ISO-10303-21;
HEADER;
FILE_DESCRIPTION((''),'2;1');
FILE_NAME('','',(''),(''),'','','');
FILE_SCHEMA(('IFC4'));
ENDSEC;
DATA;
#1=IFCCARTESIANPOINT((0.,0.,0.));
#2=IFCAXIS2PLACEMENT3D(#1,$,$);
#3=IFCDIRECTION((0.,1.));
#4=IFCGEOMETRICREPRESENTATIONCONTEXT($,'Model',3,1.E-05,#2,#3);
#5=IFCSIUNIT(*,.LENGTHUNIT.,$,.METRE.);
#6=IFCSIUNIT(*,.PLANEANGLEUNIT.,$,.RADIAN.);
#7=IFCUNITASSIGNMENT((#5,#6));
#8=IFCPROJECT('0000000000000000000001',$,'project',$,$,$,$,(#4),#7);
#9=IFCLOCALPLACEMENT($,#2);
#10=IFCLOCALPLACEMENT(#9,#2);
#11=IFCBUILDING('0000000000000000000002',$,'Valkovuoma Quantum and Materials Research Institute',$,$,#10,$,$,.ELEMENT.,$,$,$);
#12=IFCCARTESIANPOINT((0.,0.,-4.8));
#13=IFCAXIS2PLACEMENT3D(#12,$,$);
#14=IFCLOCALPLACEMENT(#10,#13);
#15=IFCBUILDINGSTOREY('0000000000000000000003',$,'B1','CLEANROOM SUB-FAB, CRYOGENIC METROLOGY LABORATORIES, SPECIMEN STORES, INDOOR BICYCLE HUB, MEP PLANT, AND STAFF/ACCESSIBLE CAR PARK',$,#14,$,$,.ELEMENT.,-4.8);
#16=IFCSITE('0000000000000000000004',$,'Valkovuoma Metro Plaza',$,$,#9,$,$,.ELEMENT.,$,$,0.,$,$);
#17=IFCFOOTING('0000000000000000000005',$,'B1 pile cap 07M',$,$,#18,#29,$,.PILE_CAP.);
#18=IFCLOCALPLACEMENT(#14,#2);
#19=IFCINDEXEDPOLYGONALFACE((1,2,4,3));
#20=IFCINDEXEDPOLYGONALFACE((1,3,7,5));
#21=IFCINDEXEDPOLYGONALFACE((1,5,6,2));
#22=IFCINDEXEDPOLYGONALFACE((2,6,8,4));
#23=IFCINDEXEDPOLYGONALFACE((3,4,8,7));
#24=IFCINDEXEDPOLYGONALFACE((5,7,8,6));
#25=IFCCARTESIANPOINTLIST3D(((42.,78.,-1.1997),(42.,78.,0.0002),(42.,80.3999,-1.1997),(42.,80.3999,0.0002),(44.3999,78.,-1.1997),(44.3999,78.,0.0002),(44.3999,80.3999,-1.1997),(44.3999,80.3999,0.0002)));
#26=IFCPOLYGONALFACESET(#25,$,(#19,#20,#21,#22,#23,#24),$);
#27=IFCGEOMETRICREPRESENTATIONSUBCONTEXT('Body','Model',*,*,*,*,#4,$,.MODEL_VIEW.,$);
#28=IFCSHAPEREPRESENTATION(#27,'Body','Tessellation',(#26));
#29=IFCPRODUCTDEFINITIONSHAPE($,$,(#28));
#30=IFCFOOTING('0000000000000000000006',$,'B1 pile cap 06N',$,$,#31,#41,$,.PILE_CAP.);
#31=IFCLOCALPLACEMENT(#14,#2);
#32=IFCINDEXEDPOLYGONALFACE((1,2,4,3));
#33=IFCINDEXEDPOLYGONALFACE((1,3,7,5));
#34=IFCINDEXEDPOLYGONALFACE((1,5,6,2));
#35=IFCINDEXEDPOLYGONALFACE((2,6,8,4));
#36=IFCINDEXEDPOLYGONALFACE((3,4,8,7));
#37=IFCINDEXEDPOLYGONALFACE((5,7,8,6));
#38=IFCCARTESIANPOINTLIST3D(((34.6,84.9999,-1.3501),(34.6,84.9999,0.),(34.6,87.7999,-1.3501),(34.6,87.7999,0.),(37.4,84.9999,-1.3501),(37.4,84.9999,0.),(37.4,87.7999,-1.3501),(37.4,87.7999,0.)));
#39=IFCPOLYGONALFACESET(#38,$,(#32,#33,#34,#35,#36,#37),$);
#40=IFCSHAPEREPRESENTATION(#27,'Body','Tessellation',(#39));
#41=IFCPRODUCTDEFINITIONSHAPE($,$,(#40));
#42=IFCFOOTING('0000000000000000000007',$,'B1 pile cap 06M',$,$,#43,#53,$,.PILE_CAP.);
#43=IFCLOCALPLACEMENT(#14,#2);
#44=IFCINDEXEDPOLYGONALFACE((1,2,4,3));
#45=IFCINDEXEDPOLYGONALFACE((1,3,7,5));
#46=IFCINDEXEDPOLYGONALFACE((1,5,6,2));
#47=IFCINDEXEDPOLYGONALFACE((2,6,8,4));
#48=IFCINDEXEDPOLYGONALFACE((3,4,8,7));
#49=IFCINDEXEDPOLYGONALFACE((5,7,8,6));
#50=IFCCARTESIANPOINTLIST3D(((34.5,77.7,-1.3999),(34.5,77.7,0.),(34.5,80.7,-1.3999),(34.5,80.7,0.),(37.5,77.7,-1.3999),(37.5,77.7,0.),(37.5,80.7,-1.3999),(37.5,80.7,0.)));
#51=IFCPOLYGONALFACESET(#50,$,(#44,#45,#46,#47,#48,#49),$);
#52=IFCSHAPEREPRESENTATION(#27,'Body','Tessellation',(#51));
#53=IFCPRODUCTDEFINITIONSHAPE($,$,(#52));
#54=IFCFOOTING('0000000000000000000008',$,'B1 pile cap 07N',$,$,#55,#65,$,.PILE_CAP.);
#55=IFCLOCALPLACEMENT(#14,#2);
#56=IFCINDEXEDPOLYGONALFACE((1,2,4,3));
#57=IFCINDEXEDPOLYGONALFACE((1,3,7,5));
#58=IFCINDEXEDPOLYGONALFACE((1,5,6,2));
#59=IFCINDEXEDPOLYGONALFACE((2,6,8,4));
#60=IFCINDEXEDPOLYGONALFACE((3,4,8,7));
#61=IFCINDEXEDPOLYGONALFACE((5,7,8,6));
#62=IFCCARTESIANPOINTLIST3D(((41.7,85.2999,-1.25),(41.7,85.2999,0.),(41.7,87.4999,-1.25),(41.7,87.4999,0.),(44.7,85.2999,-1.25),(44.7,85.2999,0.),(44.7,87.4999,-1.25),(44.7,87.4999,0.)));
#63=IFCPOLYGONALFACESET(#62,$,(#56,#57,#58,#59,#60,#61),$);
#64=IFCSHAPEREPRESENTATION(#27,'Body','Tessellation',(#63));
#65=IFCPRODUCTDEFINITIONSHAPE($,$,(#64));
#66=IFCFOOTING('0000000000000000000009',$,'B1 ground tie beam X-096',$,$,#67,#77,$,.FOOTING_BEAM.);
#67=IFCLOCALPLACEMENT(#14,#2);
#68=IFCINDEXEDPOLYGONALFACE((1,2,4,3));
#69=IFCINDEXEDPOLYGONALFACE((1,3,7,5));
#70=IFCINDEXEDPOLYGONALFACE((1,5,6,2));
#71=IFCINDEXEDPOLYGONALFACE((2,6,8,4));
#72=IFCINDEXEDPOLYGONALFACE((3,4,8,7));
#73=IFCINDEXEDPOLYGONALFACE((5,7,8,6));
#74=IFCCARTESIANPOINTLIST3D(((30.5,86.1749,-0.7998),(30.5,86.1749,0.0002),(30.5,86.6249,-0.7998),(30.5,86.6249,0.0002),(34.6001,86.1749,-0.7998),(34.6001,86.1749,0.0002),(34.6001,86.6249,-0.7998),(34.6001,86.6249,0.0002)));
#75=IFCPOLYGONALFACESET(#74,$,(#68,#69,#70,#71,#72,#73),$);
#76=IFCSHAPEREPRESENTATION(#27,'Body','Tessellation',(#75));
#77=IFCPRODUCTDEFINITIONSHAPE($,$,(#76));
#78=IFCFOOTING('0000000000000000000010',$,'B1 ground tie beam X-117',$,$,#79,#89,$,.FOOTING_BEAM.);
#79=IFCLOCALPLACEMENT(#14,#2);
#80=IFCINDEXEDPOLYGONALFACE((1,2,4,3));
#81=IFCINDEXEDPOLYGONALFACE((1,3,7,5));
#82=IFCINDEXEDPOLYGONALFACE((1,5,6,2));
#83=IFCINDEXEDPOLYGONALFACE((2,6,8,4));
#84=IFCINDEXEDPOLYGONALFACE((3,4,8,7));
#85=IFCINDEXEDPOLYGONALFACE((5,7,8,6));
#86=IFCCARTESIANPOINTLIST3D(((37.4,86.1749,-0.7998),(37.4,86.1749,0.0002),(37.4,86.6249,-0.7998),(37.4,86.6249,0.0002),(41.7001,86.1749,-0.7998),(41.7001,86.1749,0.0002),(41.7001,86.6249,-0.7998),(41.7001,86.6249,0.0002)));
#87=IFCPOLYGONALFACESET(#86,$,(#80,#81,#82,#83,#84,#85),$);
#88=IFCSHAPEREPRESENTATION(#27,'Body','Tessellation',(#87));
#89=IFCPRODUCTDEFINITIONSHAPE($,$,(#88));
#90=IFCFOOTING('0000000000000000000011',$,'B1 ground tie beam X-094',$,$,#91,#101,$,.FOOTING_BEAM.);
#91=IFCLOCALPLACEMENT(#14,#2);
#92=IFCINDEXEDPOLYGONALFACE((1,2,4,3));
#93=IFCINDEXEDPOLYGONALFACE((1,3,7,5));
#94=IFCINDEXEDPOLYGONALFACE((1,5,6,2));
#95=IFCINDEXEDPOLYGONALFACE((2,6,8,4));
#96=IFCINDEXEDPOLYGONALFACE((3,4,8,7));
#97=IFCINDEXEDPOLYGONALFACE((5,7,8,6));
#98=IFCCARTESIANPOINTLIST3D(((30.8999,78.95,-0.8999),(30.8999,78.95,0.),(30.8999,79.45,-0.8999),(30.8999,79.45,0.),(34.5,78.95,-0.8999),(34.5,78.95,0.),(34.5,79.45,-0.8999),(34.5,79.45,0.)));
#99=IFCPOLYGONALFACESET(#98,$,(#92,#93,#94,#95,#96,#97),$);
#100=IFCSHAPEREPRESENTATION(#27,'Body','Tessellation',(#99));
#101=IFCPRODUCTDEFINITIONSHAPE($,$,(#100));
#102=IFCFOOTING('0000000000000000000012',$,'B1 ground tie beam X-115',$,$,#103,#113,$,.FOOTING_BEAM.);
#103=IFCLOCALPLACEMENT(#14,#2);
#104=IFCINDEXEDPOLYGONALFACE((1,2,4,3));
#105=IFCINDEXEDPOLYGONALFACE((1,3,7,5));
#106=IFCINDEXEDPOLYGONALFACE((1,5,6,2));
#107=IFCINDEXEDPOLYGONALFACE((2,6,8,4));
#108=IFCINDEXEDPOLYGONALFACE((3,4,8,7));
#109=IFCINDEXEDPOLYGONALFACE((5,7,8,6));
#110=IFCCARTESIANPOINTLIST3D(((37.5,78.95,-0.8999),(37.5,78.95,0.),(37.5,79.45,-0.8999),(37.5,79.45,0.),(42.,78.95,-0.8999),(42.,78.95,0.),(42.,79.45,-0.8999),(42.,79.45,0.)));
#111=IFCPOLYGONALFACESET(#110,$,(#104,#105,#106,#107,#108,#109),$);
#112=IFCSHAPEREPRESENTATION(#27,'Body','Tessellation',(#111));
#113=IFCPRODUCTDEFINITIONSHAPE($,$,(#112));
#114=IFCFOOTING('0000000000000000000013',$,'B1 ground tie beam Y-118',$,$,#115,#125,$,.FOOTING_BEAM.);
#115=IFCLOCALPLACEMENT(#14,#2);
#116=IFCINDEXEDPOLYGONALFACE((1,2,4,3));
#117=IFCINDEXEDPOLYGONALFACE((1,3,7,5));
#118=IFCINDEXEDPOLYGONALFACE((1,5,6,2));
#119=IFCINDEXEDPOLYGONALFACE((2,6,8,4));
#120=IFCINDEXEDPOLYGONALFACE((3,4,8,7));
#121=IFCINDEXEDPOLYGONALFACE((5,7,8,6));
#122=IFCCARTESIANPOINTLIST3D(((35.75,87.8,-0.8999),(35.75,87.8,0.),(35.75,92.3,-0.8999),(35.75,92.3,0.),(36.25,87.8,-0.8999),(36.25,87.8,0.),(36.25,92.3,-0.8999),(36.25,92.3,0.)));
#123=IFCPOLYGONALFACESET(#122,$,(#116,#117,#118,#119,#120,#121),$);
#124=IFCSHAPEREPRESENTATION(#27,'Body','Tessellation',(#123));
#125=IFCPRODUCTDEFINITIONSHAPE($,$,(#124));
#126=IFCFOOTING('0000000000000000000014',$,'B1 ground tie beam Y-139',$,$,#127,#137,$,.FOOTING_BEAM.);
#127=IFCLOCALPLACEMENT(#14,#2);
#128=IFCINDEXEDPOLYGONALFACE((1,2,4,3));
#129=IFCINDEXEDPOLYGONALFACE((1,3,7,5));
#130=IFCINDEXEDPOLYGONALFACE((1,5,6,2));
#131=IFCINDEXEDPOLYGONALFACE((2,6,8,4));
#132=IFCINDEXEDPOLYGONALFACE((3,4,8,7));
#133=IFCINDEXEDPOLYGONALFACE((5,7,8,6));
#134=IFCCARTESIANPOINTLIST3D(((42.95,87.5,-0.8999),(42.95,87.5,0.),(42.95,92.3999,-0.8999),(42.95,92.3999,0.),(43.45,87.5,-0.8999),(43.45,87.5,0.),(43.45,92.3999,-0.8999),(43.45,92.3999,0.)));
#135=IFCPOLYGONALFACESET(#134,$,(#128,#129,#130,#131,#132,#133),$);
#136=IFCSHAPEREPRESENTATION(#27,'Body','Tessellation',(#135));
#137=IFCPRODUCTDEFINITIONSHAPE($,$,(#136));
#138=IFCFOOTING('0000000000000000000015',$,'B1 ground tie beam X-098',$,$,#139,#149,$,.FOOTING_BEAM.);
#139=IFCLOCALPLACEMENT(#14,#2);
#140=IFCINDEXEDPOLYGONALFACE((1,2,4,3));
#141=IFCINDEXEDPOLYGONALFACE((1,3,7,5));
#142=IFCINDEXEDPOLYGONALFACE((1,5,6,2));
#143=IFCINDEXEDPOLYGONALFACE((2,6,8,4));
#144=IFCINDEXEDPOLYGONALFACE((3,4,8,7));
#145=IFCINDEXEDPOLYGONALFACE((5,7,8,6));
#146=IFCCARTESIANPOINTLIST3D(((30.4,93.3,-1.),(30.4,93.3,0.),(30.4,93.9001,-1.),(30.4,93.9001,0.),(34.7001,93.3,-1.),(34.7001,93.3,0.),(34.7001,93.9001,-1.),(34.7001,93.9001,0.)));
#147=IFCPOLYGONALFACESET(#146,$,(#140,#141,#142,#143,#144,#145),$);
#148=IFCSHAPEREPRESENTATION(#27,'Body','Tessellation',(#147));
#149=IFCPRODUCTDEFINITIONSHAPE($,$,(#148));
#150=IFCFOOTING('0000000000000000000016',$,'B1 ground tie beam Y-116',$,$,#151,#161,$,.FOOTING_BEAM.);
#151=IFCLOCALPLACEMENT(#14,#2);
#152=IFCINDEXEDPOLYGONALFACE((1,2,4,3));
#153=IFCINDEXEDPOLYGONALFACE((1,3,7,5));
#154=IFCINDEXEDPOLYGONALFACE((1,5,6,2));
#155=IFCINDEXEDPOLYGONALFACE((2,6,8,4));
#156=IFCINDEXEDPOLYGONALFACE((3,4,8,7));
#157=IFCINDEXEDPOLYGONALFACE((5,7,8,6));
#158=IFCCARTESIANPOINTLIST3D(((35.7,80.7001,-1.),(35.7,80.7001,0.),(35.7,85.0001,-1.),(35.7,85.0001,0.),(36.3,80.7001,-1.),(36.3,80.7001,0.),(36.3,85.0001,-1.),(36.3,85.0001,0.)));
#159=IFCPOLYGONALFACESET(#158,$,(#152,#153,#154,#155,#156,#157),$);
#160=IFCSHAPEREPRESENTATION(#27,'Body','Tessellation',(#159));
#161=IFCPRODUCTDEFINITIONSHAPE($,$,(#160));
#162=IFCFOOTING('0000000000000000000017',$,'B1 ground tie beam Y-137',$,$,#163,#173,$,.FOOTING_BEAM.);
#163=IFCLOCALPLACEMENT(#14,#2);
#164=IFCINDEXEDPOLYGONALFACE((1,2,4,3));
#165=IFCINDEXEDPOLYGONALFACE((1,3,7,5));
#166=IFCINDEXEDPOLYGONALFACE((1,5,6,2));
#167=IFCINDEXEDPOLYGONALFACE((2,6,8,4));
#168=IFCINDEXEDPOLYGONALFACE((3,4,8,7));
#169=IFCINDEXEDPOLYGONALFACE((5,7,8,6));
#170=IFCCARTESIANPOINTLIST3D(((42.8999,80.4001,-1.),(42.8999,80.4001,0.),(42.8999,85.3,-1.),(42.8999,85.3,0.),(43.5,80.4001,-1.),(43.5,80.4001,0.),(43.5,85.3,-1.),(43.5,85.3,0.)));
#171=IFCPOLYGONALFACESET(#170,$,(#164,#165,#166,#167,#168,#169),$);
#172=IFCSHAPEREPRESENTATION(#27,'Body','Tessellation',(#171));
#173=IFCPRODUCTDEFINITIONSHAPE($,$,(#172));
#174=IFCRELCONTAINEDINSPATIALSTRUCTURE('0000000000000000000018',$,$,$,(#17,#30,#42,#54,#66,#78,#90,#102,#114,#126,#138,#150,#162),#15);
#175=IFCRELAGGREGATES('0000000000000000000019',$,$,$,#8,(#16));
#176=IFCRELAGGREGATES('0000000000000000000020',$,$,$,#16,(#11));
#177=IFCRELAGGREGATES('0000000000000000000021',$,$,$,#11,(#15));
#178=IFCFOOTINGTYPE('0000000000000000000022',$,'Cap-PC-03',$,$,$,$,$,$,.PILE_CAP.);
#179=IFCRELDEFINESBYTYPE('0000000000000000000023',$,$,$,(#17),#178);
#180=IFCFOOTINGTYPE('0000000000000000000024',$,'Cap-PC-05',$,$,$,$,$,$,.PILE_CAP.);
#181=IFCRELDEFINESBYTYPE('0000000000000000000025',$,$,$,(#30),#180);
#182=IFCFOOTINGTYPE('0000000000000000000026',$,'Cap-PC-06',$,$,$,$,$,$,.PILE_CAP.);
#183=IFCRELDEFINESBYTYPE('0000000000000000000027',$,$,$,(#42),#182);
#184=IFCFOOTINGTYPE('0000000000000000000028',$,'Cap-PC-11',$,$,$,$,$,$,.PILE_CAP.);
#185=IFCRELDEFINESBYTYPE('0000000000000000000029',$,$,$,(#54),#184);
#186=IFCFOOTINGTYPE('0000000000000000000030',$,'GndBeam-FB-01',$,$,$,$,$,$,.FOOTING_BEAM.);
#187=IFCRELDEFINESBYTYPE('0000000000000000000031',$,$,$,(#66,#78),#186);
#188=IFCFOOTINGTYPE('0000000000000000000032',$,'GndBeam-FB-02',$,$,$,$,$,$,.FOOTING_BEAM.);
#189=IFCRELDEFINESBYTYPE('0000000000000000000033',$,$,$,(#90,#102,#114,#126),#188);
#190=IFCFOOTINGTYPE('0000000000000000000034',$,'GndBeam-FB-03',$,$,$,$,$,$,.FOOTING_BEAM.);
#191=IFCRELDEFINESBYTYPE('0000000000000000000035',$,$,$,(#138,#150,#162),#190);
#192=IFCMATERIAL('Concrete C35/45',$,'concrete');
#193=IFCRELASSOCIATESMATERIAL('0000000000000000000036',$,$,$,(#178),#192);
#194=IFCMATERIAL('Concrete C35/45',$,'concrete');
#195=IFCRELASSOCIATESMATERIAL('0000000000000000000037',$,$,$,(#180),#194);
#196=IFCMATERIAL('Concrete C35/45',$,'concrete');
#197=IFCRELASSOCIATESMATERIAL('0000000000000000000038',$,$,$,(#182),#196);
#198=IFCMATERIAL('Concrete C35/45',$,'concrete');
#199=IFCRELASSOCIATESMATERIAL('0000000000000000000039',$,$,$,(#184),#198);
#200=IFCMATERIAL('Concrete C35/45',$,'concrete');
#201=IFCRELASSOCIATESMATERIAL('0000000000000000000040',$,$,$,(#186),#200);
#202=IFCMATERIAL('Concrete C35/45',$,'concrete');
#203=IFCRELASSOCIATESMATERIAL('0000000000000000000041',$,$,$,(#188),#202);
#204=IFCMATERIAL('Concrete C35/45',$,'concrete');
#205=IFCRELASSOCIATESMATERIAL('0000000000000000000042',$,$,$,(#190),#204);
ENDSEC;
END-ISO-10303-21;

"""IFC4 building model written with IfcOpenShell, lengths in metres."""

from ifc_helpers import new_model, si_unit, direction, frame, origin, origin_2d, place, context, subcontext, project, spatial, rectangle, extrude, material, type_object, element, save


model = new_model("IFC4")

# Units and contexts
model_context = context("Model", 3, precision=1e-05, world=origin(), true_north=direction((0.0, 1.0)))
body_context = subcontext(model_context, "Body", "Model", "MODEL_VIEW")
ifc_project = project(units=[si_unit("LENGTHUNIT", "METRE"), si_unit("PLANEANGLEUNIT", "RADIAN")], contexts=[model_context])

# Site, building, storey
site_placement = place(None, origin())
site = spatial("IfcSite", under=ifc_project, at=site_placement, Name="Valkovuoma Metro Plaza", CompositionType="ELEMENT", RefElevation=0.0)
building_placement = place(site_placement, origin())
building = spatial("IfcBuilding", under=site, at=building_placement, Name="Valkovuoma Quantum and Materials Research Institute", CompositionType="ELEMENT")
storey_placement = place(building_placement, frame((0.0, 0.0, -4.8)))
storey = spatial("IfcBuildingStorey", under=building, at=storey_placement, Name="B1", Description="CLEANROOM SUB-FAB, CRYOGENIC METROLOGY LABORATORIES, SPECIMEN STORES, INDOOR BICYCLE HUB, MEP PLANT, AND STAFF/ACCESSIBLE CAR PARK", CompositionType="ELEMENT", Elevation=-4.8)

# Footings
ifc_material_1 = material(Name="Concrete C35/45", Category="concrete")
footing_type_1 = type_object("IfcFootingType", Name="Cap-PC-03", PredefinedType="PILE_CAP", material=ifc_material_1)
footing_1_placement = place(storey_placement, frame((43.2, 79.2, -1.1997), z_axis=(0.0, 0.0, 1.0), x_axis=(1.0, 0.0, 0.0)))
element("IfcFooting", 1, at=footing_1_placement, inside=storey, type_object=footing_type_1, Name="B1 pile cap 07M", PredefinedType="PILE_CAP", context=body_context, shape_type="SweptSolid", body=[
    extrude(rectangle(XDim=2.3999, YDim=2.3999, at=origin_2d()), origin(), (0.0, 0.0, 1.0), 1.2),
])
ifc_material_2 = material(Name="Concrete C35/45", Category="concrete")
footing_type_2 = type_object("IfcFootingType", Name="Cap-PC-05", PredefinedType="PILE_CAP", material=ifc_material_2)
footing_2_placement = place(storey_placement, frame((36.0, 86.3999, -1.3501), z_axis=(0.0, 0.0, 1.0), x_axis=(1.0, 0.0, 0.0)))
element("IfcFooting", 2, at=footing_2_placement, inside=storey, type_object=footing_type_2, Name="B1 pile cap 06N", PredefinedType="PILE_CAP", context=body_context, shape_type="SweptSolid", body=[
    extrude(rectangle(XDim=2.8, YDim=2.8, at=origin_2d()), origin(), (0.0, 0.0, 1.0), 1.3501),
])
ifc_material_3 = material(Name="Concrete C35/45", Category="concrete")
footing_type_3 = type_object("IfcFootingType", Name="Cap-PC-06", PredefinedType="PILE_CAP", material=ifc_material_3)
footing_3_placement = place(storey_placement, frame((36.0, 79.2, -1.3999), z_axis=(0.0, 0.0, 1.0), x_axis=(1.0, 0.0, 0.0)))
element("IfcFooting", 3, at=footing_3_placement, inside=storey, type_object=footing_type_3, Name="B1 pile cap 06M", PredefinedType="PILE_CAP", context=body_context, shape_type="SweptSolid", body=[
    extrude(rectangle(XDim=3.0, YDim=3.0, at=origin_2d()), origin(), (0.0, 0.0, 1.0), 1.3999),
])
ifc_material_4 = material(Name="Concrete C35/45", Category="concrete")
footing_type_4 = type_object("IfcFootingType", Name="Cap-PC-11", PredefinedType="PILE_CAP", material=ifc_material_4)
footing_4_placement = place(storey_placement, frame((43.2, 86.3999, -1.25), z_axis=(0.0, 0.0, 1.0), x_axis=(1.0, 0.0, 0.0)))
element("IfcFooting", 4, at=footing_4_placement, inside=storey, type_object=footing_type_4, Name="B1 pile cap 07N", PredefinedType="PILE_CAP", context=body_context, shape_type="SweptSolid", body=[
    extrude(rectangle(XDim=3.0, YDim=2.2, at=origin_2d()), origin(), (0.0, 0.0, 1.0), 1.25),
])
ifc_material_5 = material(Name="Concrete C35/45", Category="concrete")
footing_type_5 = type_object("IfcFootingType", Name="GndBeam-FB-01", PredefinedType="FOOTING_BEAM", material=ifc_material_5)
footing_5_placement = place(storey_placement, frame((32.55, 86.3999, -0.7998), z_axis=(0.0, 0.0, 1.0), x_axis=(1.0, 0.0, 0.0)))
element("IfcFooting", 5, at=footing_5_placement, inside=storey, type_object=footing_type_5, Name="B1 ground tie beam X-096", PredefinedType="FOOTING_BEAM", context=body_context, shape_type="SweptSolid", body=[
    extrude(rectangle(XDim=4.1001, YDim=0.45, at=origin_2d()), origin(), (0.0, 0.0, 1.0), 0.8),
])
footing_6_placement = place(storey_placement, frame((39.55, 86.3999, -0.7998), z_axis=(0.0, 0.0, 1.0), x_axis=(1.0, 0.0, 0.0)))
element("IfcFooting", 6, at=footing_6_placement, inside=storey, type_object=footing_type_5, Name="B1 ground tie beam X-117", PredefinedType="FOOTING_BEAM", context=body_context, shape_type="SweptSolid", body=[
    extrude(rectangle(XDim=4.3, YDim=0.45, at=origin_2d()), origin(), (0.0, 0.0, 1.0), 0.8),
])
ifc_material_6 = material(Name="Concrete C35/45", Category="concrete")
footing_type_6 = type_object("IfcFootingType", Name="GndBeam-FB-02", PredefinedType="FOOTING_BEAM", material=ifc_material_6)
footing_7_placement = place(storey_placement, frame((32.7, 79.2, -0.8999), z_axis=(0.0, 0.0, 1.0), x_axis=(1.0, 0.0, 0.0)))
element("IfcFooting", 7, at=footing_7_placement, inside=storey, type_object=footing_type_6, Name="B1 ground tie beam X-094", PredefinedType="FOOTING_BEAM", context=body_context, shape_type="SweptSolid", body=[
    extrude(rectangle(XDim=3.6001, YDim=0.5, at=origin_2d()), origin(), (0.0, 0.0, 1.0), 0.8999),
])
for number, where, z_axis, x_axis, name in (
    (8, (39.75, 79.2, -0.8999), (0.0, 0.0, 1.0), (1.0, 0.0, 0.0), "B1 ground tie beam X-115"),
    (9, (36.0, 90.05, -0.8999), (0.0, 0.0, 1.0), (0.0, 1.0, 0.0), "B1 ground tie beam Y-118"),
):
    element("IfcFooting", number, at=place(storey_placement, frame(where, z_axis=z_axis, x_axis=x_axis)), inside=storey, type_object=footing_type_6, Name=name, PredefinedType="FOOTING_BEAM", context=body_context, shape_type="SweptSolid", body=[
        extrude(rectangle(XDim=4.5, YDim=0.5, at=origin_2d()), origin(), (0.0, 0.0, 1.0), 0.8999),
    ])
footing_8_placement = place(storey_placement, frame((43.2, 89.95, -0.8999), z_axis=(0.0, 0.0, 1.0), x_axis=(0.0, 1.0, 0.0)))
element("IfcFooting", 10, at=footing_8_placement, inside=storey, type_object=footing_type_6, Name="B1 ground tie beam Y-139", PredefinedType="FOOTING_BEAM", context=body_context, shape_type="SweptSolid", body=[
    extrude(rectangle(XDim=4.8999, YDim=0.5, at=origin_2d()), origin(), (0.0, 0.0, 1.0), 0.8999),
])
ifc_material_7 = material(Name="Concrete C35/45", Category="concrete")
footing_type_7 = type_object("IfcFootingType", Name="GndBeam-FB-03", PredefinedType="FOOTING_BEAM", material=ifc_material_7)
for number, where, z_axis, x_axis, name in (
    (11, (32.55, 93.6001, -1.0), (0.0, 0.0, 1.0), (1.0, 0.0, 0.0), "B1 ground tie beam X-098"),
    (12, (36.0, 82.8501, -1.0), (0.0, 0.0, 1.0), (0.0, 1.0, 0.0), "B1 ground tie beam Y-116"),
):
    element("IfcFooting", number, at=place(storey_placement, frame(where, z_axis=z_axis, x_axis=x_axis)), inside=storey, type_object=footing_type_7, Name=name, PredefinedType="FOOTING_BEAM", context=body_context, shape_type="SweptSolid", body=[
        extrude(rectangle(XDim=4.3, YDim=0.6001, at=origin_2d()), origin(), (0.0, 0.0, 1.0), 1.0),
    ])
footing_9_placement = place(storey_placement, frame((43.2, 82.8501, -1.0), z_axis=(0.0, 0.0, 1.0), x_axis=(0.0, 1.0, 0.0)))
element("IfcFooting", 13, at=footing_9_placement, inside=storey, type_object=footing_type_7, Name="B1 ground tie beam Y-137", PredefinedType="FOOTING_BEAM", context=body_context, shape_type="SweptSolid", body=[
    extrude(rectangle(XDim=4.8999, YDim=0.6001, at=origin_2d()), origin(), (0.0, 0.0, 1.0), 1.0),
])

save(model, "model.ifc")
